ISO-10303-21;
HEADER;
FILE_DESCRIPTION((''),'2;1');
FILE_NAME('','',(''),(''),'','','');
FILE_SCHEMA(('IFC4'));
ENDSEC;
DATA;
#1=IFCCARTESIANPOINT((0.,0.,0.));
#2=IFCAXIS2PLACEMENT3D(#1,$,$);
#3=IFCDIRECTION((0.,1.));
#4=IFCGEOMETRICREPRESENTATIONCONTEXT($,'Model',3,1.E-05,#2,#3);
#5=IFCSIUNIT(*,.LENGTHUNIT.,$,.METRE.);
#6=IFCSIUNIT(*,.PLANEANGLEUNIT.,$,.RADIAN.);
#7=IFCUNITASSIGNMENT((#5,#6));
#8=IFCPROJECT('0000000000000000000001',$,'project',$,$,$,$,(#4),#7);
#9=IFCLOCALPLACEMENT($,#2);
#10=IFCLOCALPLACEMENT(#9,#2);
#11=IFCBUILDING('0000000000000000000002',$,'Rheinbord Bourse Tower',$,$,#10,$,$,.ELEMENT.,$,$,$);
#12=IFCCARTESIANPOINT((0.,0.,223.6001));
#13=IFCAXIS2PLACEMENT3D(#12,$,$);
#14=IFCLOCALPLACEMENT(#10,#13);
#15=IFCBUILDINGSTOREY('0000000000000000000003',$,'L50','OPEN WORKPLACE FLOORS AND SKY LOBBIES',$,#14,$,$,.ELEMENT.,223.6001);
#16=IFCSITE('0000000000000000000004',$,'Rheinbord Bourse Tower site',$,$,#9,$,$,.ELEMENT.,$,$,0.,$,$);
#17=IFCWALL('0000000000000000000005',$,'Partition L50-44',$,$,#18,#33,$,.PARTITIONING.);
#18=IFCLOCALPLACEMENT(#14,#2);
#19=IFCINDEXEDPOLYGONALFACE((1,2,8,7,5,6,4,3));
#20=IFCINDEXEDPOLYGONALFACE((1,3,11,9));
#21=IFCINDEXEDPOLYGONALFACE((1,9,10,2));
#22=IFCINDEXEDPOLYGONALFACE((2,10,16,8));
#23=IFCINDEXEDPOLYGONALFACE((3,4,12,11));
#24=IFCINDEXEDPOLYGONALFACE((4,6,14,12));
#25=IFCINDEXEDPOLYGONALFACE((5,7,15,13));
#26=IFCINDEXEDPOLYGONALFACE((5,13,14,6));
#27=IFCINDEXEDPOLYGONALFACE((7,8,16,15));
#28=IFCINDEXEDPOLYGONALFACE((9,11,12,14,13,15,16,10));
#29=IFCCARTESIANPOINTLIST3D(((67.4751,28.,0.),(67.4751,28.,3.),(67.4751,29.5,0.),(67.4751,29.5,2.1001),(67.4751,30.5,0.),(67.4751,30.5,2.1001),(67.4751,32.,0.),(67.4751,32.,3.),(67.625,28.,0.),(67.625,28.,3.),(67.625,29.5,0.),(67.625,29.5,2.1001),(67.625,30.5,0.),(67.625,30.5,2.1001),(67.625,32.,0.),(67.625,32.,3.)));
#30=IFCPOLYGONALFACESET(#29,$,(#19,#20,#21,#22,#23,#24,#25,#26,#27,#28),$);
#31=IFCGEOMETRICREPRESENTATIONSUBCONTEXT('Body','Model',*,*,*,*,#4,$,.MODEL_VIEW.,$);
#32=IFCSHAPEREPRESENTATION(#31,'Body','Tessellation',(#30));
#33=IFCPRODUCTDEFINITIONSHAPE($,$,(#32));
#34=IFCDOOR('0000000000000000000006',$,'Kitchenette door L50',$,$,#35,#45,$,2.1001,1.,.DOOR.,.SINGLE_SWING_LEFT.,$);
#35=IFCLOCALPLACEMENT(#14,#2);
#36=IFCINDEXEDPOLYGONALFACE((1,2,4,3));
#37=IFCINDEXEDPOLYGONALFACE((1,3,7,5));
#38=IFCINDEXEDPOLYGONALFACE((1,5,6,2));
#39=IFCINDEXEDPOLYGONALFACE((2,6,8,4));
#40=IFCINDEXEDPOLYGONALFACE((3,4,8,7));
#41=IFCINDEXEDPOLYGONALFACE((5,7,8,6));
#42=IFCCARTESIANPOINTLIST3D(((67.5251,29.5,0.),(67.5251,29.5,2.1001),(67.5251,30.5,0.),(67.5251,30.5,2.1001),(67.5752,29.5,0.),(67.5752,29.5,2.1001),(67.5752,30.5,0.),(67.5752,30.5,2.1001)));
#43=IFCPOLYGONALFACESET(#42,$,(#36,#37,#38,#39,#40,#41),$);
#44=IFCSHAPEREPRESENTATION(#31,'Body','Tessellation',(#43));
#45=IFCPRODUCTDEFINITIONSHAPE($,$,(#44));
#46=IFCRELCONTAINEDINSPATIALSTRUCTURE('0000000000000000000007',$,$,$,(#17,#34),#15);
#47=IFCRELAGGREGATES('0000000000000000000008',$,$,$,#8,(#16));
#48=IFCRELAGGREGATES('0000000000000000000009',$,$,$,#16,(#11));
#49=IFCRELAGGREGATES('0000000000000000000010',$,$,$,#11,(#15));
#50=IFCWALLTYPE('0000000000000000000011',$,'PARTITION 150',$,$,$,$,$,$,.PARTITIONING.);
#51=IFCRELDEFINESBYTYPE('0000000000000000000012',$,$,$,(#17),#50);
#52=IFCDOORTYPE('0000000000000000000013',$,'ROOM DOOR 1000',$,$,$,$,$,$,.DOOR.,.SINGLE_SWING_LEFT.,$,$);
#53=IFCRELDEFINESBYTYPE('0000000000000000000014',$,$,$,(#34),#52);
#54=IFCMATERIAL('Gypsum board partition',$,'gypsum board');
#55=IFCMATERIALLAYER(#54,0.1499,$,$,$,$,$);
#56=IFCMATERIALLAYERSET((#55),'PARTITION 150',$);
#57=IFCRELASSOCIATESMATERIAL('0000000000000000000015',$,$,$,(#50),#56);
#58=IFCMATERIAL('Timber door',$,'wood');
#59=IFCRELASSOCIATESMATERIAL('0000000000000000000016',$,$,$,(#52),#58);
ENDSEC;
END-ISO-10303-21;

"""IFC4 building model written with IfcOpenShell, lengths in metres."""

from ifc_helpers import new_model, si_unit, direction, frame, frame_2d, origin, place, context, subcontext, project, spatial, rectangle, extrude, material, layer, layer_set, type_object, element, fill, save


model = new_model("IFC4")

# Units and contexts
model_context = context("Model", 3, precision=1e-05, world=origin(), true_north=direction((0.0, 1.0)))
body_context = subcontext(model_context, "Body", "Model", "MODEL_VIEW")
ifc_project = project(units=[si_unit("LENGTHUNIT", "METRE"), si_unit("PLANEANGLEUNIT", "RADIAN")], contexts=[model_context])

# Site, building, storey
site_placement = place(None, origin())
site = spatial("IfcSite", under=ifc_project, at=site_placement, Name="Rheinbord Bourse Tower site", CompositionType="ELEMENT", RefElevation=0.0)
building_placement = place(site_placement, origin())
building = spatial("IfcBuilding", under=site, at=building_placement, Name="Rheinbord Bourse Tower", CompositionType="ELEMENT")
storey_placement = place(building_placement, frame((0.0, 0.0, 223.6001)))
storey = spatial("IfcBuildingStorey", under=building, at=storey_placement, Name="L50", Description="OPEN WORKPLACE FLOORS AND SKY LOBBIES", CompositionType="ELEMENT", Elevation=223.6001)

# Shared definitions
ifc_material_1 = material(Name="Gypsum board partition", Category="gypsum board")
ifc_layer_1 = layer(ifc_material_1, 0.1499)
ifc_layer_set_1 = layer_set([ifc_layer_1], Name="PARTITION 150")
wall_type_1 = type_object("IfcWallType", Name="PARTITION 150", PredefinedType="PARTITIONING", material=ifc_layer_set_1)

# Wall, opening, door
wall_1_placement = place(storey_placement, frame((67.55, 28.0, 0.0), z_axis=(0.0, 0.0, 1.0), x_axis=(0.0, 1.0, 0.0)))
wall_1 = element("IfcWall", 1, at=wall_1_placement, inside=storey, type_object=wall_type_1, Name="Partition L50-44", PredefinedType="PARTITIONING", context=body_context, shape_type="SweptSolid", body=[
    extrude(rectangle(XDim=4.0, YDim=0.1499, at=frame_2d((2.0, 0.0))), origin(), (0.0, 0.0, 1.0), 3.0),
])
opening_placement = place(wall_1_placement, frame((1.5, 0.0, 0.0)))
opening = element("IfcOpeningElement", 2, at=opening_placement, cuts=wall_1, PredefinedType="OPENING", context=body_context, shape_type="SweptSolid", body=[
    extrude(rectangle(XDim=1.0, YDim=2.1001, at=frame_2d((0.5, 1.05))), frame((0.0, 0.085, 0.0), z_axis=(0.0, -1.0, 0.0), x_axis=(1.0, 0.0, 0.0)), (0.0, 0.0, 1.0), 0.1699),
])
ifc_material_2 = material(Name="Timber door", Category="wood")
door_type = type_object("IfcDoorType", Name="ROOM DOOR 1000", OperationType="SINGLE_SWING_LEFT", PredefinedType="DOOR", material=ifc_material_2)
door_placement = place(opening_placement, origin())
door = element("IfcDoor", 3, at=door_placement, inside=storey, type_object=door_type, Name="Kitchenette door L50", OperationType="SINGLE_SWING_LEFT", OverallHeight=2.1001, OverallWidth=1.0, PredefinedType="DOOR", context=body_context, shape_type="SweptSolid", body=[
    extrude(rectangle(XDim=1.0, YDim=2.1001, at=frame_2d((0.5, 1.05))), frame((0.0, 0.0249, 0.0), z_axis=(0.0, -1.0, 0.0), x_axis=(1.0, 0.0, 0.0)), (0.0, 0.0, 1.0), 0.05),
])
fill(opening, door)

save(model, "model.ifc")
